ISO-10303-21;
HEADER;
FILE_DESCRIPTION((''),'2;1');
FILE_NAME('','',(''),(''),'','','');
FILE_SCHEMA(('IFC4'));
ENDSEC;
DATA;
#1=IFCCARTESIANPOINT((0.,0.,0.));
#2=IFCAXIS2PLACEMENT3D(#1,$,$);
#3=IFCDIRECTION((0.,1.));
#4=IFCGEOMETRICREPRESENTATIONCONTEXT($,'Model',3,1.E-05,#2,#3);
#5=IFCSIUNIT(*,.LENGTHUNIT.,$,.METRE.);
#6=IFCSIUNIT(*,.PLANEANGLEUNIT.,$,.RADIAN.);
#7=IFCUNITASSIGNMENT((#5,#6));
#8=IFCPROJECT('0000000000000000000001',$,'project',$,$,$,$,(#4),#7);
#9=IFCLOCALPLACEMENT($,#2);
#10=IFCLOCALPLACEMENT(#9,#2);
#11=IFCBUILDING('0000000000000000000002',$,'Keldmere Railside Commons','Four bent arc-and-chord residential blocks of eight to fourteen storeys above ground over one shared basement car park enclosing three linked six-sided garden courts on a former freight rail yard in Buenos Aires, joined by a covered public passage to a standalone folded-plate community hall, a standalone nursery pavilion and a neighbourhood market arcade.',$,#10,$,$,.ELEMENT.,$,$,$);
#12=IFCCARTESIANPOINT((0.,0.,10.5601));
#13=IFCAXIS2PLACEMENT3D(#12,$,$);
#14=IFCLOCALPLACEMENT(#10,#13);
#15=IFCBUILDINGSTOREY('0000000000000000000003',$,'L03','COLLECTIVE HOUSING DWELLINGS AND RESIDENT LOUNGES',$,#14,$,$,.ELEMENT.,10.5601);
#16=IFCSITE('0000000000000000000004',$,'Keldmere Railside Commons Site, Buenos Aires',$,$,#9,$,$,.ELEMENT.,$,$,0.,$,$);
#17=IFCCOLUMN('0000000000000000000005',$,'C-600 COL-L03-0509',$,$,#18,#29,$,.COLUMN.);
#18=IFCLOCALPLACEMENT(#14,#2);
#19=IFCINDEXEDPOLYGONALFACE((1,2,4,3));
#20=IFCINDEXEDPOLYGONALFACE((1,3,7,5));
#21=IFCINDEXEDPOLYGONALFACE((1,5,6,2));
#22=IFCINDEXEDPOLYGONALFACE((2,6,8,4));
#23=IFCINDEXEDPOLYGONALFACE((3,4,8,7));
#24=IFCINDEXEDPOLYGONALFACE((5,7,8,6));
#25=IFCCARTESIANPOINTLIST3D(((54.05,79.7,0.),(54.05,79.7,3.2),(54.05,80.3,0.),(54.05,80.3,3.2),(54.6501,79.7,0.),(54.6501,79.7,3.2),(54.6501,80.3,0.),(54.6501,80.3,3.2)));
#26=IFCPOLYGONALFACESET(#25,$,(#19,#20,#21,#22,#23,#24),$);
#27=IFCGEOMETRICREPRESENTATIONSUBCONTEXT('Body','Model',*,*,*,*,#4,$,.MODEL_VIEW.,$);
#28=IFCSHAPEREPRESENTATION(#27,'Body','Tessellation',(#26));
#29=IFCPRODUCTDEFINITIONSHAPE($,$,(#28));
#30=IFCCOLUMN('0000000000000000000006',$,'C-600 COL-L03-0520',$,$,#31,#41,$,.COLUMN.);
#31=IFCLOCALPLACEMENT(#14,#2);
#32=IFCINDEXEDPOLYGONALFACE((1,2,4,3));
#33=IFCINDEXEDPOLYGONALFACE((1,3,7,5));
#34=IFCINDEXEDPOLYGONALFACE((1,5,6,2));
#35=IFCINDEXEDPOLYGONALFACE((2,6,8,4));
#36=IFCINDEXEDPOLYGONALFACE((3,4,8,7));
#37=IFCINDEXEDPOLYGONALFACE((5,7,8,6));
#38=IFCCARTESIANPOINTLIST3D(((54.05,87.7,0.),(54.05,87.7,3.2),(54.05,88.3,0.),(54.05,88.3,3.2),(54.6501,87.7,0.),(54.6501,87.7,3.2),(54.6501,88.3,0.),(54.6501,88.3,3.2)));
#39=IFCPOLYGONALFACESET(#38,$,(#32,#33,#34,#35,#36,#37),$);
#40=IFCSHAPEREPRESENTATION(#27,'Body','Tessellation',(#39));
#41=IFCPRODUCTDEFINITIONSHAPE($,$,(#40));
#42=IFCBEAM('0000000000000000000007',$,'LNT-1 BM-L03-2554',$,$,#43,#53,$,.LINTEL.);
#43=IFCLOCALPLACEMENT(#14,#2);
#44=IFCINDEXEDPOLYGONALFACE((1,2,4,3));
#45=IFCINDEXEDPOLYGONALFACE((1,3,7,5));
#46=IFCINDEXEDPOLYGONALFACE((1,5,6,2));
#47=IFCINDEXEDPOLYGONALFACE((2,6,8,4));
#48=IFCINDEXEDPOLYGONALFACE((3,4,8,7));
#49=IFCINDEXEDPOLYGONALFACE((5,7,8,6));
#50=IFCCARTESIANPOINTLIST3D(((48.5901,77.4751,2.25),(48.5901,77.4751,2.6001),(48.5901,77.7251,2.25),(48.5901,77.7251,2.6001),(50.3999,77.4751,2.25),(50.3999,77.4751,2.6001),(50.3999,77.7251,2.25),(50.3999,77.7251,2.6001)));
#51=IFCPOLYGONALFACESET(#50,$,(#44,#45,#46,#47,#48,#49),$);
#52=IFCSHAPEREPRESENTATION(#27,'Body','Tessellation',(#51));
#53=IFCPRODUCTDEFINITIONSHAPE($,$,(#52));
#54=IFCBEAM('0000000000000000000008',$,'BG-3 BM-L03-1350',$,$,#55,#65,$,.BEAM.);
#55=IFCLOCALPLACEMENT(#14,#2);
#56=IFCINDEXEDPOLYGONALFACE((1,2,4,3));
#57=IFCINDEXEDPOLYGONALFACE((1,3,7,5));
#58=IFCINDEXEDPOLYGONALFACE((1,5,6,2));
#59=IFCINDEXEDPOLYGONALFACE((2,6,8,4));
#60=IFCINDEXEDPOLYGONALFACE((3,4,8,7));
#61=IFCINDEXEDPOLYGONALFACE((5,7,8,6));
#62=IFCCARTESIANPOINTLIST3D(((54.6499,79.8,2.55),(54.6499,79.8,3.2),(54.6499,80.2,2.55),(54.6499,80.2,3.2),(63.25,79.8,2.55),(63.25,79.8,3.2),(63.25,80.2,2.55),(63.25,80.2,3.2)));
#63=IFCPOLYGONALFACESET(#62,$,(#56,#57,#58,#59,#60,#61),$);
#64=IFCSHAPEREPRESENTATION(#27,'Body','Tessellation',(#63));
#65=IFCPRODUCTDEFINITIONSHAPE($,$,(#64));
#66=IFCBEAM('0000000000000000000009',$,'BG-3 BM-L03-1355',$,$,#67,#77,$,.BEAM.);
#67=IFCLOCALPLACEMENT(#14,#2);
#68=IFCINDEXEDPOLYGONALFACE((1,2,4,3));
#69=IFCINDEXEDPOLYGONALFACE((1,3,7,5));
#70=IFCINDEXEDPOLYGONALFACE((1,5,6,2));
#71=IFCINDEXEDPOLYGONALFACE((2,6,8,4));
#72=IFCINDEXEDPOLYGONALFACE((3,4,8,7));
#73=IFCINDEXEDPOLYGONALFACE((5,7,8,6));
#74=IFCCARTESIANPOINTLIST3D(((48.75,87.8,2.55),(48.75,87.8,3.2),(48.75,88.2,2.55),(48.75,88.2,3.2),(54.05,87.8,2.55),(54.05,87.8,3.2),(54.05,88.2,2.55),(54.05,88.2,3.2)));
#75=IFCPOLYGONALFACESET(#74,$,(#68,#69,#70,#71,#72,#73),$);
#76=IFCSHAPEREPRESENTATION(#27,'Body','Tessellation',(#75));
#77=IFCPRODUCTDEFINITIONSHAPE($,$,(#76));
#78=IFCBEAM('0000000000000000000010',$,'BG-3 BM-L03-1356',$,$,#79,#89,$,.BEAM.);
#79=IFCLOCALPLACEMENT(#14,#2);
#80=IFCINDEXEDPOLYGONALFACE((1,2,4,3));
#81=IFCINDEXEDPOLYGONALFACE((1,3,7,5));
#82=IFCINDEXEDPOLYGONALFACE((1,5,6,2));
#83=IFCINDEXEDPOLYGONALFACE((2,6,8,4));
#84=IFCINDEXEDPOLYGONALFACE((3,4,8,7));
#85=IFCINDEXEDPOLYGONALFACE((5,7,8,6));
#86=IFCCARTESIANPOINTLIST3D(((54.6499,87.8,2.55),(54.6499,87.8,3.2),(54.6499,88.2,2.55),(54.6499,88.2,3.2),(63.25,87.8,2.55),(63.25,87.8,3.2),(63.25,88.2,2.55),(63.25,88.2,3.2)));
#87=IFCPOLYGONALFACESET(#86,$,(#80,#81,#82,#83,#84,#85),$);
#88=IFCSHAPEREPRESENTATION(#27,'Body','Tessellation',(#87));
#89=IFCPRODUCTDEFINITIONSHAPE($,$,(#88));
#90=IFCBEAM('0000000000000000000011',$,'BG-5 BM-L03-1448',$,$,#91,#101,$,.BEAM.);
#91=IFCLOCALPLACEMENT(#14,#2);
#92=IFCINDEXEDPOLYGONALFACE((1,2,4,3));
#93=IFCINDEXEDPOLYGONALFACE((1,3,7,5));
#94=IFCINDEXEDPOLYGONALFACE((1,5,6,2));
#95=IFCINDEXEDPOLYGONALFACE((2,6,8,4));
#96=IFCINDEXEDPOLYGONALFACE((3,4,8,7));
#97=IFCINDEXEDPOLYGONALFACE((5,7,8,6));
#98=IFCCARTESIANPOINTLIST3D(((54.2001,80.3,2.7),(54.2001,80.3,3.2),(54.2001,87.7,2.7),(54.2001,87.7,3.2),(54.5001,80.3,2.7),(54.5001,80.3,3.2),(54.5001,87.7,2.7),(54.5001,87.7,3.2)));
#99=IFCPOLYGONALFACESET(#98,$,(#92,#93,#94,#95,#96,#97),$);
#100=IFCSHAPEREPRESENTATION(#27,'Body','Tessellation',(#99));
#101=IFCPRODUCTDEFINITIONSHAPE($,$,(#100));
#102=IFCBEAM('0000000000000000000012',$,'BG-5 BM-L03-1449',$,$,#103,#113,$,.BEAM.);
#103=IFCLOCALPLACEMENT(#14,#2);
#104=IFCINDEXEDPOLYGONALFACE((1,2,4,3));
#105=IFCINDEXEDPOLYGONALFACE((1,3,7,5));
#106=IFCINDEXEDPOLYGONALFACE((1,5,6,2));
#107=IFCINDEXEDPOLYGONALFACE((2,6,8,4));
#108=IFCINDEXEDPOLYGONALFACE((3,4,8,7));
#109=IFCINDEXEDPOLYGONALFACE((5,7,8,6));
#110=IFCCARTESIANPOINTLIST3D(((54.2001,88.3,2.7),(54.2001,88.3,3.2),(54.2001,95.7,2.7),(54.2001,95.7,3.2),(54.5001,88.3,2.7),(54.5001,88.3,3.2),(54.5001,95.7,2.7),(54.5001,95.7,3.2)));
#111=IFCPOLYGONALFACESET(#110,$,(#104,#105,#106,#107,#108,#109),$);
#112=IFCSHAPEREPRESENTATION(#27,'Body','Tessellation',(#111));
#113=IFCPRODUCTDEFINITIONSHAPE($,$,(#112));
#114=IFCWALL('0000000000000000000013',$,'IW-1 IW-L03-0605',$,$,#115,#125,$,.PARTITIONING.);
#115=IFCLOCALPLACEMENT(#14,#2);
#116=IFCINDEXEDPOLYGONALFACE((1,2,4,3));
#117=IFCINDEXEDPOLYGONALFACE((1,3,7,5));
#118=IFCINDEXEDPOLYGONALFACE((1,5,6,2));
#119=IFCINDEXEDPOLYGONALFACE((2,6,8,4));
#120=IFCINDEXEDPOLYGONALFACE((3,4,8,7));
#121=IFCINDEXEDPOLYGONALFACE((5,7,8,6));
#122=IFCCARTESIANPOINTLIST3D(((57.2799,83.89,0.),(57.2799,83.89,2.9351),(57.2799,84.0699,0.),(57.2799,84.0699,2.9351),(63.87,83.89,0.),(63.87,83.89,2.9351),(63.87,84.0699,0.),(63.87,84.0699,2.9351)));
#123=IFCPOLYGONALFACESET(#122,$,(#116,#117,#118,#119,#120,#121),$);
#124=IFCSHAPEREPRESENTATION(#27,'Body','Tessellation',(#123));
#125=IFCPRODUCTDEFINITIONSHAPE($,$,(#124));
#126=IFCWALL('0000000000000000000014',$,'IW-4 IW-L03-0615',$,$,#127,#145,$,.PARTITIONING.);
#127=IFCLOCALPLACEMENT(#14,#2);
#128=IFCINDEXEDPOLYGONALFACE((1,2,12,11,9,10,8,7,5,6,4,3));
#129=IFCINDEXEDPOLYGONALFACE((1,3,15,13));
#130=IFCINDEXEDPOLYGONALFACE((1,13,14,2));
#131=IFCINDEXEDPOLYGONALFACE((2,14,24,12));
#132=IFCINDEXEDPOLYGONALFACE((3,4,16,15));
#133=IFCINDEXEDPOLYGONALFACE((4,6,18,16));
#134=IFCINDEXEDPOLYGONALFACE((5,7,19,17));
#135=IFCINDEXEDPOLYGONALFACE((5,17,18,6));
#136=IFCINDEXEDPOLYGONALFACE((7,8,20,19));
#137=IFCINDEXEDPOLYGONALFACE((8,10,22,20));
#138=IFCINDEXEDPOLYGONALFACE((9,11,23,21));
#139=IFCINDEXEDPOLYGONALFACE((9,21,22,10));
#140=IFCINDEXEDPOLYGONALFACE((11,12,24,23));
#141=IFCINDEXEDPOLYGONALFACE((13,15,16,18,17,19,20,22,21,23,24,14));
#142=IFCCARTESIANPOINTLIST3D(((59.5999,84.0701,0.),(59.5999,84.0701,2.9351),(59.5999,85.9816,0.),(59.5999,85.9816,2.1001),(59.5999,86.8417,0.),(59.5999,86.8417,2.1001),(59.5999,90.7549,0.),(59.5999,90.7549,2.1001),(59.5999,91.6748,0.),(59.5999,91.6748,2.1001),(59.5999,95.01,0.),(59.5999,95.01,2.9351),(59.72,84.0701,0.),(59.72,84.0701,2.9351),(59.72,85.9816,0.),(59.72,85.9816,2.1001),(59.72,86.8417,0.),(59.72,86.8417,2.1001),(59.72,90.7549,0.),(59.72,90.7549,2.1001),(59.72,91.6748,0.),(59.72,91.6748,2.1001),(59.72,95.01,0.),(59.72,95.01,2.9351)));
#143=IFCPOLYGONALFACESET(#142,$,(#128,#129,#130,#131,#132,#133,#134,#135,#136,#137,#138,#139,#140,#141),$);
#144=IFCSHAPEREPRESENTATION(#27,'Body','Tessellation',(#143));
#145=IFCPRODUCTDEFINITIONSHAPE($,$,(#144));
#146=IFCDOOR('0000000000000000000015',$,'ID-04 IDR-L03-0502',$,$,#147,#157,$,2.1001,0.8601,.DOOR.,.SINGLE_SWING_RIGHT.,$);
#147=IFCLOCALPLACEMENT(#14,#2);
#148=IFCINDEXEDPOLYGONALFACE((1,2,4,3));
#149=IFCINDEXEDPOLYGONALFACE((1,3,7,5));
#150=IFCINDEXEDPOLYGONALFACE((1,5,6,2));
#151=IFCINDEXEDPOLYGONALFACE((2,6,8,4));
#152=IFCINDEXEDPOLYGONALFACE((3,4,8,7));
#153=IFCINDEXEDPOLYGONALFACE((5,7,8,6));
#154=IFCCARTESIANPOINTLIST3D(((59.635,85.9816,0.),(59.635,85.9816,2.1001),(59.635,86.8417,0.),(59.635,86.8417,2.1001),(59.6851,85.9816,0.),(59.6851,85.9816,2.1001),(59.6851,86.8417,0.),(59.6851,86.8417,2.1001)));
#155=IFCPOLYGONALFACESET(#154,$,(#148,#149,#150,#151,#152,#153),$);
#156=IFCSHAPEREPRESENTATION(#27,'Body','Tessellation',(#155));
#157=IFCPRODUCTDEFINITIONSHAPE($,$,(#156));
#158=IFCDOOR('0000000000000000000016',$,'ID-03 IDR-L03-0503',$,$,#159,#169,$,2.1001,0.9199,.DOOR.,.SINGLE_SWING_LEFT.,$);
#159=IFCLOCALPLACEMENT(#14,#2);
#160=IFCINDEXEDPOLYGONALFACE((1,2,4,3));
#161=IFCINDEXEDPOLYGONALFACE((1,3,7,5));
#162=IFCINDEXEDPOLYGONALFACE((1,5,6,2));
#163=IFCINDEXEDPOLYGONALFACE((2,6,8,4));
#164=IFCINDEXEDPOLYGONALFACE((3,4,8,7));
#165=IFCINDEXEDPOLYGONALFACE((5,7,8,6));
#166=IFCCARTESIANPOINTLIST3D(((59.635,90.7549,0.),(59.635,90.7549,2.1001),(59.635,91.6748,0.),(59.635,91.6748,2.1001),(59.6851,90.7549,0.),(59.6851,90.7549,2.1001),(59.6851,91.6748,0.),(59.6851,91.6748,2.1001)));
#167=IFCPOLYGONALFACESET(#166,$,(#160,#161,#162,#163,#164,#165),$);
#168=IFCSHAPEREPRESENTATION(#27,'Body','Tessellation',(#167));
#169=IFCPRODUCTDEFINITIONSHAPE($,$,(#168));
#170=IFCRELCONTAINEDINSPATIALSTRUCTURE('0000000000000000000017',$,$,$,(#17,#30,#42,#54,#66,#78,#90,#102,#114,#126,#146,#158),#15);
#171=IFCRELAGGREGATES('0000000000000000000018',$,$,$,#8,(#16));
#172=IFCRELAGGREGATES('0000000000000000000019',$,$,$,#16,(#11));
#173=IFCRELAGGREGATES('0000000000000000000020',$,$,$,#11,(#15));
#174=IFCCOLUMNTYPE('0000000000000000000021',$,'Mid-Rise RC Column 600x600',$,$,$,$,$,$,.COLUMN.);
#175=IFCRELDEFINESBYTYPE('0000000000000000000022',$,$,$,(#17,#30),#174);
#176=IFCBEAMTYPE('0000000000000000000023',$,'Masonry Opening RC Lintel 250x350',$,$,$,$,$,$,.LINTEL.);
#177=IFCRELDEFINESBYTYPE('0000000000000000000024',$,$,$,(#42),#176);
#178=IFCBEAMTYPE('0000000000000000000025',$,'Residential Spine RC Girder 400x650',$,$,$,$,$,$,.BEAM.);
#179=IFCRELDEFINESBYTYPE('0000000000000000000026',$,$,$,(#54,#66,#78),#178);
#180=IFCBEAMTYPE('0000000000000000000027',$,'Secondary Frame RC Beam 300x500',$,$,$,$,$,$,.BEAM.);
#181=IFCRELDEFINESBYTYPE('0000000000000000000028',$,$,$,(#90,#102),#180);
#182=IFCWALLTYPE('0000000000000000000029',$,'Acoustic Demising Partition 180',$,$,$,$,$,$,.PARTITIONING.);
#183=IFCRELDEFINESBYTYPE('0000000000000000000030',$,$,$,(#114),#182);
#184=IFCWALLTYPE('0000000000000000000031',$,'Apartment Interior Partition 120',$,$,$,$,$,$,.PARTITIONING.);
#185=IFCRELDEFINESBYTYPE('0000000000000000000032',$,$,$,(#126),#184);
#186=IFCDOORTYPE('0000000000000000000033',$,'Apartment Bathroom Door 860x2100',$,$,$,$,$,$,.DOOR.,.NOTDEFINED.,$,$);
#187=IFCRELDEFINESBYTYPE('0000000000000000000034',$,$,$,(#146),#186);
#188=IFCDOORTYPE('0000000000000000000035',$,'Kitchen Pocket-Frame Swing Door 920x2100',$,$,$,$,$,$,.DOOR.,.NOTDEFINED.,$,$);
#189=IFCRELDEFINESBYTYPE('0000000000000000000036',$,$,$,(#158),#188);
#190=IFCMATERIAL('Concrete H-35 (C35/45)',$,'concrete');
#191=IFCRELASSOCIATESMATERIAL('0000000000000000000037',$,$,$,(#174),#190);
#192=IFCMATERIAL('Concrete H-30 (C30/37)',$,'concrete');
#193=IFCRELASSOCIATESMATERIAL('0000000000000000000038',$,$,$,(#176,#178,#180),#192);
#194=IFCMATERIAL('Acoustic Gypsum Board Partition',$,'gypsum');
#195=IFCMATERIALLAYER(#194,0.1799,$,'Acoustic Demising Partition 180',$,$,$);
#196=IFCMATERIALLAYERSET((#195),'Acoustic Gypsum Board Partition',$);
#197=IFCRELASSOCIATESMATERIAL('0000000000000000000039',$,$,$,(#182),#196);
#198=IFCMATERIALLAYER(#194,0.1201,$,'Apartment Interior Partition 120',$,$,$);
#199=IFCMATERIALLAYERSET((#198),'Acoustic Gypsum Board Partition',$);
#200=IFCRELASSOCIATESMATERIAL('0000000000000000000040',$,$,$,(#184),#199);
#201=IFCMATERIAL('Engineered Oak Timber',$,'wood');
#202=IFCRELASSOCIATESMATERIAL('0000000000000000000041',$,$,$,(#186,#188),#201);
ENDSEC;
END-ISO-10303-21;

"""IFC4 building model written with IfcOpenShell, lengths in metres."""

from ifc_helpers import new_model, si_unit, direction, frame, frame_2d, origin, origin_2d, place, context, subcontext, project, spatial, rectangle, extrude, material, layer, layer_set, material_profile, profile_set, type_object, element, fill, save


model = new_model("IFC4")

# Units and contexts
model_context = context("Model", 3, precision=1e-05, world=origin(), true_north=direction((0.0, 1.0)))
body_context = subcontext(model_context, "Body", "Model", "MODEL_VIEW")
ifc_project = project(units=[si_unit("LENGTHUNIT", "METRE"), si_unit("PLANEANGLEUNIT", "RADIAN")], contexts=[model_context])

# Site, building, storey
site_placement = place(None, origin())
site = spatial("IfcSite", under=ifc_project, at=site_placement, Name="Keldmere Railside Commons Site, Buenos Aires", CompositionType="ELEMENT", RefElevation=0.0)
building_placement = place(site_placement, origin())
building = spatial("IfcBuilding", under=site, at=building_placement, Name="Keldmere Railside Commons", Description="Four bent arc-and-chord residential blocks of eight to fourteen storeys above ground over one shared basement car park enclosing three linked six-sided garden courts on a former freight rail yard in Buenos Aires, joined by a covered public passage to a standalone folded-plate community hall, a standalone nursery pavilion and a neighbourhood market arcade.", CompositionType="ELEMENT")
storey_placement = place(building_placement, frame((0.0, 0.0, 10.5601)))
storey = spatial("IfcBuildingStorey", under=building, at=storey_placement, Name="L03", Description="COLLECTIVE HOUSING DWELLINGS AND RESIDENT LOUNGES", CompositionType="ELEMENT", Elevation=10.5601)

# Columns
ifc_material_1 = material(Name="Concrete H-35 (C35/45)", Category="concrete")
ifc_material_profile_1 = material_profile(ifc_material_1, rectangle(XDim=0.6001, YDim=0.6001, at=origin_2d()), Name="RC-600x600")
ifc_profile_set_1 = profile_set([ifc_material_profile_1], Name="Concrete H-35 (C35/45)")
column_type = type_object("IfcColumnType", Name="Mid-Rise RC Column 600x600", PredefinedType="COLUMN", material=ifc_profile_set_1)
for number, where, z_axis, x_axis, name in (
    (1, (54.3501, 80.0, 0.0), (0.0, 0.0, 1.0), (1.0, 0.0, 0.0), "C-600 COL-L03-0509"),
    (2, (54.3501, 88.0, 0.0), (0.0, 0.0, 1.0), (1.0, 0.0, 0.0), "C-600 COL-L03-0520"),
):
    element("IfcColumn", number, at=place(storey_placement, frame(where, z_axis=z_axis, x_axis=x_axis)), inside=storey, type_object=column_type, Name=name, PredefinedType="COLUMN", context=body_context, shape_type="SweptSolid", body=[
        extrude(rectangle(XDim=0.6001, YDim=0.6001, at=origin_2d()), origin(), (0.0, 0.0, 1.0), 3.2),
    ])

# Beams
ifc_material_2 = material(Name="Concrete H-30 (C30/37)", Category="concrete")
ifc_material_profile_2 = material_profile(ifc_material_2, rectangle(XDim=0.25, YDim=0.3501, at=origin_2d()), Name="RC-250x350")
ifc_profile_set_2 = profile_set([ifc_material_profile_2], Name="Concrete H-30 (C30/37)")
beam_type_1 = type_object("IfcBeamType", Name="Masonry Opening RC Lintel 250x350", PredefinedType="LINTEL", material=ifc_profile_set_2)
beam_1_placement = place(storey_placement, frame((48.5901, 77.6001, 2.425), z_axis=(1.0, 0.0, 0.0), x_axis=(0.0, 1.0, 0.0)))
element("IfcBeam", 3, at=beam_1_placement, inside=storey, type_object=beam_type_1, Name="LNT-1 BM-L03-2554", PredefinedType="LINTEL", context=body_context, shape_type="SweptSolid", body=[
    extrude(rectangle(XDim=0.25, YDim=0.3501, at=origin_2d()), origin(), (0.0, 0.0, 1.0), 1.8098),
])
ifc_material_profile_3 = material_profile(ifc_material_2, rectangle(XDim=0.3999, YDim=0.6499, at=origin_2d()), Name="RC-400x650")
ifc_profile_set_3 = profile_set([ifc_material_profile_3], Name="Concrete H-30 (C30/37)")
beam_type_2 = type_object("IfcBeamType", Name="Residential Spine RC Girder 400x650", PredefinedType="BEAM", material=ifc_profile_set_3)
beam_2_placement = place(storey_placement, frame((54.6499, 80.0, 2.875), z_axis=(1.0, 0.0, 0.0), x_axis=(0.0, 1.0, 0.0)))
element("IfcBeam", 4, at=beam_2_placement, inside=storey, type_object=beam_type_2, Name="BG-3 BM-L03-1350", PredefinedType="BEAM", context=body_context, shape_type="SweptSolid", body=[
    extrude(rectangle(XDim=0.3999, YDim=0.6499, at=origin_2d()), origin(), (0.0, 0.0, 1.0), 8.6001),
])
beam_3_placement = place(storey_placement, frame((48.75, 88.0, 2.875), z_axis=(1.0, 0.0, 0.0), x_axis=(0.0, 1.0, 0.0)))
element("IfcBeam", 5, at=beam_3_placement, inside=storey, type_object=beam_type_2, Name="BG-3 BM-L03-1355", PredefinedType="BEAM", context=body_context, shape_type="SweptSolid", body=[
    extrude(rectangle(XDim=0.3999, YDim=0.6499, at=origin_2d()), origin(), (0.0, 0.0, 1.0), 5.3),
])
beam_4_placement = place(storey_placement, frame((54.6499, 88.0, 2.875), z_axis=(1.0, 0.0, 0.0), x_axis=(0.0, 1.0, 0.0)))
element("IfcBeam", 6, at=beam_4_placement, inside=storey, type_object=beam_type_2, Name="BG-3 BM-L03-1356", PredefinedType="BEAM", context=body_context, shape_type="SweptSolid", body=[
    extrude(rectangle(XDim=0.3999, YDim=0.6499, at=origin_2d()), origin(), (0.0, 0.0, 1.0), 8.6001),
])
ifc_material_profile_4 = material_profile(ifc_material_2, rectangle(XDim=0.3, YDim=0.5, at=origin_2d()), Name="RC-300x500")
ifc_profile_set_4 = profile_set([ifc_material_profile_4], Name="Concrete H-30 (C30/37)")
beam_type_3 = type_object("IfcBeamType", Name="Secondary Frame RC Beam 300x500", PredefinedType="BEAM", material=ifc_profile_set_4)
for number, where, z_axis, x_axis, name in (
    (7, (54.3501, 80.3, 2.95), (0.0, 1.0, 0.0), (-1.0, 0.0, 0.0), "BG-5 BM-L03-1448"),
    (8, (54.3501, 88.3, 2.95), (0.0, 1.0, 0.0), (-1.0, 0.0, 0.0), "BG-5 BM-L03-1449"),
):
    element("IfcBeam", number, at=place(storey_placement, frame(where, z_axis=z_axis, x_axis=x_axis)), inside=storey, type_object=beam_type_3, Name=name, PredefinedType="BEAM", context=body_context, shape_type="SweptSolid", body=[
        extrude(rectangle(XDim=0.3, YDim=0.5, at=origin_2d()), origin(), (0.0, 0.0, 1.0), 7.3999),
    ])

# Wall
ifc_material_3 = material(Name="Acoustic Gypsum Board Partition", Category="gypsum")
ifc_layer_1 = layer(ifc_material_3, 0.1799, Name="Acoustic Demising Partition 180")
ifc_layer_set_1 = layer_set([ifc_layer_1], Name="Acoustic Gypsum Board Partition")
wall_type_1 = type_object("IfcWallType", Name="Acoustic Demising Partition 180", PredefinedType="PARTITIONING", material=ifc_layer_set_1)
wall_1_placement = place(storey_placement, frame((57.28, 83.98, 0.0), z_axis=(0.0, 0.0, 1.0), x_axis=(1.0, 0.0, 0.0)))
element("IfcWall", 9, at=wall_1_placement, inside=storey, type_object=wall_type_1, Name="IW-1 IW-L03-0605", PredefinedType="PARTITIONING", context=body_context, shape_type="SweptSolid", body=[
    extrude(rectangle(XDim=6.5901, YDim=0.1799, at=frame_2d((3.2949, 0.0))), origin(), (0.0, 0.0, 1.0), 2.9351),
])

# Wall, openings, doors
ifc_layer_2 = layer(ifc_material_3, 0.1201, Name="Apartment Interior Partition 120")
ifc_layer_set_2 = layer_set([ifc_layer_2], Name="Acoustic Gypsum Board Partition")
wall_type_2 = type_object("IfcWallType", Name="Apartment Interior Partition 120", PredefinedType="PARTITIONING", material=ifc_layer_set_2)
wall_2_placement = place(storey_placement, frame((59.6599, 84.0701, 0.0), z_axis=(0.0, 0.0, 1.0), x_axis=(0.0, 1.0, 0.0)))
wall_2 = element("IfcWall", 10, at=wall_2_placement, inside=storey, type_object=wall_type_2, Name="IW-4 IW-L03-0615", PredefinedType="PARTITIONING", context=body_context, shape_type="SweptSolid", body=[
    extrude(rectangle(XDim=10.9399, YDim=0.1201, at=frame_2d((5.47, 0.0))), origin(), (0.0, 0.0, 1.0), 2.9351),
])
opening_1_placement = place(wall_2_placement, frame((1.9114, 0.0, 0.0)))
opening_1 = element("IfcOpeningElement", 11, at=opening_1_placement, cuts=wall_2, PredefinedType="OPENING", context=body_context, shape_type="SweptSolid", body=[
    extrude(rectangle(XDim=0.8601, YDim=2.1001, at=frame_2d((0.4302, 1.05))), frame((0.0, 0.0701, 0.0), z_axis=(0.0, -1.0, 0.0), x_axis=(1.0, 0.0, 0.0)), (0.0, 0.0, 1.0), 0.1401),
])
opening_2_placement = place(wall_2_placement, frame((6.6848, 0.0, 0.0)))
opening_2 = element("IfcOpeningElement", 12, at=opening_2_placement, cuts=wall_2, PredefinedType="OPENING", context=body_context, shape_type="SweptSolid", body=[
    extrude(rectangle(XDim=0.9199, YDim=2.1001, at=frame_2d((0.46, 1.05))), frame((0.0, 0.0701, 0.0), z_axis=(0.0, -1.0, 0.0), x_axis=(1.0, 0.0, 0.0)), (0.0, 0.0, 1.0), 0.1401),
])
ifc_material_4 = material(Name="Engineered Oak Timber", Category="wood")
door_type_1 = type_object("IfcDoorType", Name="Apartment Bathroom Door 860x2100", OperationType="NOTDEFINED", PredefinedType="DOOR", material=ifc_material_4)
door_1_placement = place(opening_1_placement, origin())
door_1 = element("IfcDoor", 13, at=door_1_placement, inside=storey, type_object=door_type_1, Name="ID-04 IDR-L03-0502", OperationType="SINGLE_SWING_RIGHT", OverallHeight=2.1001, OverallWidth=0.8601, PredefinedType="DOOR", context=body_context, shape_type="SweptSolid", body=[
    extrude(rectangle(XDim=0.8601, YDim=2.1001, at=frame_2d((0.4302, 1.05))), frame((0.0, 0.0249, 0.0), z_axis=(0.0, -1.0, 0.0), x_axis=(1.0, 0.0, 0.0)), (0.0, 0.0, 1.0), 0.05),
])
fill(opening_1, door_1)
door_type_2 = type_object("IfcDoorType", Name="Kitchen Pocket-Frame Swing Door 920x2100", OperationType="NOTDEFINED", PredefinedType="DOOR", material=ifc_material_4)
door_2_placement = place(opening_2_placement, origin())
door_2 = element("IfcDoor", 14, at=door_2_placement, inside=storey, type_object=door_type_2, Name="ID-03 IDR-L03-0503", OperationType="SINGLE_SWING_LEFT", OverallHeight=2.1001, OverallWidth=0.9199, PredefinedType="DOOR", context=body_context, shape_type="SweptSolid", body=[
    extrude(rectangle(XDim=0.9199, YDim=2.1001, at=frame_2d((0.46, 1.05))), frame((0.0, 0.0249, 0.0), z_axis=(0.0, -1.0, 0.0), x_axis=(1.0, 0.0, 0.0)), (0.0, 0.0, 1.0), 0.05),
])
fill(opening_2, door_2)

save(model, "model.ifc")
